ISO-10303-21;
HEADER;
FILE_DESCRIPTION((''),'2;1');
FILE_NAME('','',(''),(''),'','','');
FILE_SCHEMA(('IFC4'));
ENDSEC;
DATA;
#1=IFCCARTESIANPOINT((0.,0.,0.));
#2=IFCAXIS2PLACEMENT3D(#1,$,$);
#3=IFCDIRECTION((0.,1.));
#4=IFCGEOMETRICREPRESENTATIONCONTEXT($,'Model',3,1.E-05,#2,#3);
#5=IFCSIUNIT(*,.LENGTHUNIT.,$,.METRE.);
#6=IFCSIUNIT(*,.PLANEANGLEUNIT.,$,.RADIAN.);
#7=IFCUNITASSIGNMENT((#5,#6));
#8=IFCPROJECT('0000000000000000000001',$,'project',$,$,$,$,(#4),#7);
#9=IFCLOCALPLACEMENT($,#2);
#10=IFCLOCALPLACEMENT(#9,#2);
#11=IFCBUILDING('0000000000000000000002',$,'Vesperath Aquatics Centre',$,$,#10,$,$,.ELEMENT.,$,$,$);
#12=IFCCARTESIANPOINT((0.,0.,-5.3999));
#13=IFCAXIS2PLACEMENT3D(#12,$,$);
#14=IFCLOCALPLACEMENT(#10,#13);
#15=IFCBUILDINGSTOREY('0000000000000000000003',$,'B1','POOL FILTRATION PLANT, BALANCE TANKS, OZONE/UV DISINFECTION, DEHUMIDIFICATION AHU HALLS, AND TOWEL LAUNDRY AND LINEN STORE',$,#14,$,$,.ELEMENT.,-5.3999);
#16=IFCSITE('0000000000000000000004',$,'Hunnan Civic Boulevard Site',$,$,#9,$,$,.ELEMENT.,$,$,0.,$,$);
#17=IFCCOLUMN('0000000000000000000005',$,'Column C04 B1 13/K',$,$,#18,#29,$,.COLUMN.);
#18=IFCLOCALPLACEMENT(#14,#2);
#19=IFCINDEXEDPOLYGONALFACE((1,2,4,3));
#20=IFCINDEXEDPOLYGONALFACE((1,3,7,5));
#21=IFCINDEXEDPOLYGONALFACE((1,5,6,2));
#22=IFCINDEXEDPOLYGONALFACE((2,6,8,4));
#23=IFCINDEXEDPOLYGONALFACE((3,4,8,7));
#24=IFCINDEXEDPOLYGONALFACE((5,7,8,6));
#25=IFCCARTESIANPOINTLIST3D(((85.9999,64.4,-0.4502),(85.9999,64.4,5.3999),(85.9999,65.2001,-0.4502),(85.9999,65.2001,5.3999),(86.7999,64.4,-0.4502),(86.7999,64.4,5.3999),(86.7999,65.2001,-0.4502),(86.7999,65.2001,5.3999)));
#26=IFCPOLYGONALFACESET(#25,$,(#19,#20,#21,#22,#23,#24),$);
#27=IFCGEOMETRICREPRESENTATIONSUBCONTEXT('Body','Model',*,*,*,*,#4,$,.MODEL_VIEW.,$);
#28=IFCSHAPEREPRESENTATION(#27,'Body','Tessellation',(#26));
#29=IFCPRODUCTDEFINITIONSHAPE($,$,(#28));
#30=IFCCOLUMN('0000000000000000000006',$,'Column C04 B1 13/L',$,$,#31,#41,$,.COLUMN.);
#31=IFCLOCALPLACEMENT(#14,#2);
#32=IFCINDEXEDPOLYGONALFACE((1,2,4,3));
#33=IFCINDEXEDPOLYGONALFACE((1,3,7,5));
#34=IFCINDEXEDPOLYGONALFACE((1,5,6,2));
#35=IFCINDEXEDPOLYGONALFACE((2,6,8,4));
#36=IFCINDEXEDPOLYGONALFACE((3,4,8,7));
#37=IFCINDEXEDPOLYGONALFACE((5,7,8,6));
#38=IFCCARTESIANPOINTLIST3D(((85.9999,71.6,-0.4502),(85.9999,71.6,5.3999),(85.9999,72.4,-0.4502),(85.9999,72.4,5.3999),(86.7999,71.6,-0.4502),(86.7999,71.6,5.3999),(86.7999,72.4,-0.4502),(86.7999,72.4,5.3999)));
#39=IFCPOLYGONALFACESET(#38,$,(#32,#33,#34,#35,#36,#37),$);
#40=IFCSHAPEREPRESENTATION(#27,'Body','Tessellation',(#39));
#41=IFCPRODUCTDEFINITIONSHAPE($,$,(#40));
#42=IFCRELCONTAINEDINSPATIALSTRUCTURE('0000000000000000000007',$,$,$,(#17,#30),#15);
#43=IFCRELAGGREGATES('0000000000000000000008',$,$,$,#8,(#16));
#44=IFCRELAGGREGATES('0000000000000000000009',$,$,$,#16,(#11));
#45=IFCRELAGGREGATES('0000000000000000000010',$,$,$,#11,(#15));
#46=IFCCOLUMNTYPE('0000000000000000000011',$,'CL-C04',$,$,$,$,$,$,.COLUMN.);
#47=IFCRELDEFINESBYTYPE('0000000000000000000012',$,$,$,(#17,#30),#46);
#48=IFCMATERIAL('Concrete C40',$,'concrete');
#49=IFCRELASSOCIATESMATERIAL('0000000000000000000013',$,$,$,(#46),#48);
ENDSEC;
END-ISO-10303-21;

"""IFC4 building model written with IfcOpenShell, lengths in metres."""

from ifc_helpers import new_model, si_unit, direction, frame, origin, origin_2d, place, context, subcontext, project, spatial, rectangle, extrude, material, material_profile, profile_set, type_object, element, save


model = new_model("IFC4")

# Units and contexts
model_context = context("Model", 3, precision=1e-05, world=origin(), true_north=direction((0.0, 1.0)))
body_context = subcontext(model_context, "Body", "Model", "MODEL_VIEW")
ifc_project = project(units=[si_unit("LENGTHUNIT", "METRE"), si_unit("PLANEANGLEUNIT", "RADIAN")], contexts=[model_context])

# Site, building, storey
site_placement = place(None, origin())
site = spatial("IfcSite", under=ifc_project, at=site_placement, Name="Hunnan Civic Boulevard Site", CompositionType="ELEMENT", RefElevation=0.0)
building_placement = place(site_placement, origin())
building = spatial("IfcBuilding", under=site, at=building_placement, Name="Vesperath Aquatics Centre", CompositionType="ELEMENT")
storey_placement = place(building_placement, frame((0.0, 0.0, -5.3999)))
storey = spatial("IfcBuildingStorey", under=building, at=storey_placement, Name="B1", Description="POOL FILTRATION PLANT, BALANCE TANKS, OZONE/UV DISINFECTION, DEHUMIDIFICATION AHU HALLS, AND TOWEL LAUNDRY AND LINEN STORE", CompositionType="ELEMENT", Elevation=-5.3999)

# Shared definitions
ifc_material_1 = material(Name="Concrete C40", Category="concrete")

# Columns
ifc_material_profile_1 = material_profile(ifc_material_1, rectangle(XDim=0.8, YDim=0.8, at=origin_2d()), Name="RC 800x800")
ifc_profile_set_1 = profile_set([ifc_material_profile_1], Name="Concrete C40")
column_type = type_object("IfcColumnType", Name="CL-C04", PredefinedType="COLUMN", material=ifc_profile_set_1)
for number, where, z_axis, x_axis, name in (
    (1, (86.3999, 64.8, -0.4502), (0.0, 0.0, 1.0), (1.0, 0.0, 0.0), "Column C04 B1 13/K"),
    (2, (86.3999, 72.0, -0.4502), (0.0, 0.0, 1.0), (1.0, 0.0, 0.0), "Column C04 B1 13/L"),
):
    element("IfcColumn", number, at=place(storey_placement, frame(where, z_axis=z_axis, x_axis=x_axis)), inside=storey, type_object=column_type, Name=name, PredefinedType="COLUMN", context=body_context, shape_type="SweptSolid", body=[
        extrude(rectangle(XDim=0.8, YDim=0.8, at=origin_2d()), origin(), (0.0, 0.0, 1.0), 5.8501),
    ])

save(model, "model.ifc")
